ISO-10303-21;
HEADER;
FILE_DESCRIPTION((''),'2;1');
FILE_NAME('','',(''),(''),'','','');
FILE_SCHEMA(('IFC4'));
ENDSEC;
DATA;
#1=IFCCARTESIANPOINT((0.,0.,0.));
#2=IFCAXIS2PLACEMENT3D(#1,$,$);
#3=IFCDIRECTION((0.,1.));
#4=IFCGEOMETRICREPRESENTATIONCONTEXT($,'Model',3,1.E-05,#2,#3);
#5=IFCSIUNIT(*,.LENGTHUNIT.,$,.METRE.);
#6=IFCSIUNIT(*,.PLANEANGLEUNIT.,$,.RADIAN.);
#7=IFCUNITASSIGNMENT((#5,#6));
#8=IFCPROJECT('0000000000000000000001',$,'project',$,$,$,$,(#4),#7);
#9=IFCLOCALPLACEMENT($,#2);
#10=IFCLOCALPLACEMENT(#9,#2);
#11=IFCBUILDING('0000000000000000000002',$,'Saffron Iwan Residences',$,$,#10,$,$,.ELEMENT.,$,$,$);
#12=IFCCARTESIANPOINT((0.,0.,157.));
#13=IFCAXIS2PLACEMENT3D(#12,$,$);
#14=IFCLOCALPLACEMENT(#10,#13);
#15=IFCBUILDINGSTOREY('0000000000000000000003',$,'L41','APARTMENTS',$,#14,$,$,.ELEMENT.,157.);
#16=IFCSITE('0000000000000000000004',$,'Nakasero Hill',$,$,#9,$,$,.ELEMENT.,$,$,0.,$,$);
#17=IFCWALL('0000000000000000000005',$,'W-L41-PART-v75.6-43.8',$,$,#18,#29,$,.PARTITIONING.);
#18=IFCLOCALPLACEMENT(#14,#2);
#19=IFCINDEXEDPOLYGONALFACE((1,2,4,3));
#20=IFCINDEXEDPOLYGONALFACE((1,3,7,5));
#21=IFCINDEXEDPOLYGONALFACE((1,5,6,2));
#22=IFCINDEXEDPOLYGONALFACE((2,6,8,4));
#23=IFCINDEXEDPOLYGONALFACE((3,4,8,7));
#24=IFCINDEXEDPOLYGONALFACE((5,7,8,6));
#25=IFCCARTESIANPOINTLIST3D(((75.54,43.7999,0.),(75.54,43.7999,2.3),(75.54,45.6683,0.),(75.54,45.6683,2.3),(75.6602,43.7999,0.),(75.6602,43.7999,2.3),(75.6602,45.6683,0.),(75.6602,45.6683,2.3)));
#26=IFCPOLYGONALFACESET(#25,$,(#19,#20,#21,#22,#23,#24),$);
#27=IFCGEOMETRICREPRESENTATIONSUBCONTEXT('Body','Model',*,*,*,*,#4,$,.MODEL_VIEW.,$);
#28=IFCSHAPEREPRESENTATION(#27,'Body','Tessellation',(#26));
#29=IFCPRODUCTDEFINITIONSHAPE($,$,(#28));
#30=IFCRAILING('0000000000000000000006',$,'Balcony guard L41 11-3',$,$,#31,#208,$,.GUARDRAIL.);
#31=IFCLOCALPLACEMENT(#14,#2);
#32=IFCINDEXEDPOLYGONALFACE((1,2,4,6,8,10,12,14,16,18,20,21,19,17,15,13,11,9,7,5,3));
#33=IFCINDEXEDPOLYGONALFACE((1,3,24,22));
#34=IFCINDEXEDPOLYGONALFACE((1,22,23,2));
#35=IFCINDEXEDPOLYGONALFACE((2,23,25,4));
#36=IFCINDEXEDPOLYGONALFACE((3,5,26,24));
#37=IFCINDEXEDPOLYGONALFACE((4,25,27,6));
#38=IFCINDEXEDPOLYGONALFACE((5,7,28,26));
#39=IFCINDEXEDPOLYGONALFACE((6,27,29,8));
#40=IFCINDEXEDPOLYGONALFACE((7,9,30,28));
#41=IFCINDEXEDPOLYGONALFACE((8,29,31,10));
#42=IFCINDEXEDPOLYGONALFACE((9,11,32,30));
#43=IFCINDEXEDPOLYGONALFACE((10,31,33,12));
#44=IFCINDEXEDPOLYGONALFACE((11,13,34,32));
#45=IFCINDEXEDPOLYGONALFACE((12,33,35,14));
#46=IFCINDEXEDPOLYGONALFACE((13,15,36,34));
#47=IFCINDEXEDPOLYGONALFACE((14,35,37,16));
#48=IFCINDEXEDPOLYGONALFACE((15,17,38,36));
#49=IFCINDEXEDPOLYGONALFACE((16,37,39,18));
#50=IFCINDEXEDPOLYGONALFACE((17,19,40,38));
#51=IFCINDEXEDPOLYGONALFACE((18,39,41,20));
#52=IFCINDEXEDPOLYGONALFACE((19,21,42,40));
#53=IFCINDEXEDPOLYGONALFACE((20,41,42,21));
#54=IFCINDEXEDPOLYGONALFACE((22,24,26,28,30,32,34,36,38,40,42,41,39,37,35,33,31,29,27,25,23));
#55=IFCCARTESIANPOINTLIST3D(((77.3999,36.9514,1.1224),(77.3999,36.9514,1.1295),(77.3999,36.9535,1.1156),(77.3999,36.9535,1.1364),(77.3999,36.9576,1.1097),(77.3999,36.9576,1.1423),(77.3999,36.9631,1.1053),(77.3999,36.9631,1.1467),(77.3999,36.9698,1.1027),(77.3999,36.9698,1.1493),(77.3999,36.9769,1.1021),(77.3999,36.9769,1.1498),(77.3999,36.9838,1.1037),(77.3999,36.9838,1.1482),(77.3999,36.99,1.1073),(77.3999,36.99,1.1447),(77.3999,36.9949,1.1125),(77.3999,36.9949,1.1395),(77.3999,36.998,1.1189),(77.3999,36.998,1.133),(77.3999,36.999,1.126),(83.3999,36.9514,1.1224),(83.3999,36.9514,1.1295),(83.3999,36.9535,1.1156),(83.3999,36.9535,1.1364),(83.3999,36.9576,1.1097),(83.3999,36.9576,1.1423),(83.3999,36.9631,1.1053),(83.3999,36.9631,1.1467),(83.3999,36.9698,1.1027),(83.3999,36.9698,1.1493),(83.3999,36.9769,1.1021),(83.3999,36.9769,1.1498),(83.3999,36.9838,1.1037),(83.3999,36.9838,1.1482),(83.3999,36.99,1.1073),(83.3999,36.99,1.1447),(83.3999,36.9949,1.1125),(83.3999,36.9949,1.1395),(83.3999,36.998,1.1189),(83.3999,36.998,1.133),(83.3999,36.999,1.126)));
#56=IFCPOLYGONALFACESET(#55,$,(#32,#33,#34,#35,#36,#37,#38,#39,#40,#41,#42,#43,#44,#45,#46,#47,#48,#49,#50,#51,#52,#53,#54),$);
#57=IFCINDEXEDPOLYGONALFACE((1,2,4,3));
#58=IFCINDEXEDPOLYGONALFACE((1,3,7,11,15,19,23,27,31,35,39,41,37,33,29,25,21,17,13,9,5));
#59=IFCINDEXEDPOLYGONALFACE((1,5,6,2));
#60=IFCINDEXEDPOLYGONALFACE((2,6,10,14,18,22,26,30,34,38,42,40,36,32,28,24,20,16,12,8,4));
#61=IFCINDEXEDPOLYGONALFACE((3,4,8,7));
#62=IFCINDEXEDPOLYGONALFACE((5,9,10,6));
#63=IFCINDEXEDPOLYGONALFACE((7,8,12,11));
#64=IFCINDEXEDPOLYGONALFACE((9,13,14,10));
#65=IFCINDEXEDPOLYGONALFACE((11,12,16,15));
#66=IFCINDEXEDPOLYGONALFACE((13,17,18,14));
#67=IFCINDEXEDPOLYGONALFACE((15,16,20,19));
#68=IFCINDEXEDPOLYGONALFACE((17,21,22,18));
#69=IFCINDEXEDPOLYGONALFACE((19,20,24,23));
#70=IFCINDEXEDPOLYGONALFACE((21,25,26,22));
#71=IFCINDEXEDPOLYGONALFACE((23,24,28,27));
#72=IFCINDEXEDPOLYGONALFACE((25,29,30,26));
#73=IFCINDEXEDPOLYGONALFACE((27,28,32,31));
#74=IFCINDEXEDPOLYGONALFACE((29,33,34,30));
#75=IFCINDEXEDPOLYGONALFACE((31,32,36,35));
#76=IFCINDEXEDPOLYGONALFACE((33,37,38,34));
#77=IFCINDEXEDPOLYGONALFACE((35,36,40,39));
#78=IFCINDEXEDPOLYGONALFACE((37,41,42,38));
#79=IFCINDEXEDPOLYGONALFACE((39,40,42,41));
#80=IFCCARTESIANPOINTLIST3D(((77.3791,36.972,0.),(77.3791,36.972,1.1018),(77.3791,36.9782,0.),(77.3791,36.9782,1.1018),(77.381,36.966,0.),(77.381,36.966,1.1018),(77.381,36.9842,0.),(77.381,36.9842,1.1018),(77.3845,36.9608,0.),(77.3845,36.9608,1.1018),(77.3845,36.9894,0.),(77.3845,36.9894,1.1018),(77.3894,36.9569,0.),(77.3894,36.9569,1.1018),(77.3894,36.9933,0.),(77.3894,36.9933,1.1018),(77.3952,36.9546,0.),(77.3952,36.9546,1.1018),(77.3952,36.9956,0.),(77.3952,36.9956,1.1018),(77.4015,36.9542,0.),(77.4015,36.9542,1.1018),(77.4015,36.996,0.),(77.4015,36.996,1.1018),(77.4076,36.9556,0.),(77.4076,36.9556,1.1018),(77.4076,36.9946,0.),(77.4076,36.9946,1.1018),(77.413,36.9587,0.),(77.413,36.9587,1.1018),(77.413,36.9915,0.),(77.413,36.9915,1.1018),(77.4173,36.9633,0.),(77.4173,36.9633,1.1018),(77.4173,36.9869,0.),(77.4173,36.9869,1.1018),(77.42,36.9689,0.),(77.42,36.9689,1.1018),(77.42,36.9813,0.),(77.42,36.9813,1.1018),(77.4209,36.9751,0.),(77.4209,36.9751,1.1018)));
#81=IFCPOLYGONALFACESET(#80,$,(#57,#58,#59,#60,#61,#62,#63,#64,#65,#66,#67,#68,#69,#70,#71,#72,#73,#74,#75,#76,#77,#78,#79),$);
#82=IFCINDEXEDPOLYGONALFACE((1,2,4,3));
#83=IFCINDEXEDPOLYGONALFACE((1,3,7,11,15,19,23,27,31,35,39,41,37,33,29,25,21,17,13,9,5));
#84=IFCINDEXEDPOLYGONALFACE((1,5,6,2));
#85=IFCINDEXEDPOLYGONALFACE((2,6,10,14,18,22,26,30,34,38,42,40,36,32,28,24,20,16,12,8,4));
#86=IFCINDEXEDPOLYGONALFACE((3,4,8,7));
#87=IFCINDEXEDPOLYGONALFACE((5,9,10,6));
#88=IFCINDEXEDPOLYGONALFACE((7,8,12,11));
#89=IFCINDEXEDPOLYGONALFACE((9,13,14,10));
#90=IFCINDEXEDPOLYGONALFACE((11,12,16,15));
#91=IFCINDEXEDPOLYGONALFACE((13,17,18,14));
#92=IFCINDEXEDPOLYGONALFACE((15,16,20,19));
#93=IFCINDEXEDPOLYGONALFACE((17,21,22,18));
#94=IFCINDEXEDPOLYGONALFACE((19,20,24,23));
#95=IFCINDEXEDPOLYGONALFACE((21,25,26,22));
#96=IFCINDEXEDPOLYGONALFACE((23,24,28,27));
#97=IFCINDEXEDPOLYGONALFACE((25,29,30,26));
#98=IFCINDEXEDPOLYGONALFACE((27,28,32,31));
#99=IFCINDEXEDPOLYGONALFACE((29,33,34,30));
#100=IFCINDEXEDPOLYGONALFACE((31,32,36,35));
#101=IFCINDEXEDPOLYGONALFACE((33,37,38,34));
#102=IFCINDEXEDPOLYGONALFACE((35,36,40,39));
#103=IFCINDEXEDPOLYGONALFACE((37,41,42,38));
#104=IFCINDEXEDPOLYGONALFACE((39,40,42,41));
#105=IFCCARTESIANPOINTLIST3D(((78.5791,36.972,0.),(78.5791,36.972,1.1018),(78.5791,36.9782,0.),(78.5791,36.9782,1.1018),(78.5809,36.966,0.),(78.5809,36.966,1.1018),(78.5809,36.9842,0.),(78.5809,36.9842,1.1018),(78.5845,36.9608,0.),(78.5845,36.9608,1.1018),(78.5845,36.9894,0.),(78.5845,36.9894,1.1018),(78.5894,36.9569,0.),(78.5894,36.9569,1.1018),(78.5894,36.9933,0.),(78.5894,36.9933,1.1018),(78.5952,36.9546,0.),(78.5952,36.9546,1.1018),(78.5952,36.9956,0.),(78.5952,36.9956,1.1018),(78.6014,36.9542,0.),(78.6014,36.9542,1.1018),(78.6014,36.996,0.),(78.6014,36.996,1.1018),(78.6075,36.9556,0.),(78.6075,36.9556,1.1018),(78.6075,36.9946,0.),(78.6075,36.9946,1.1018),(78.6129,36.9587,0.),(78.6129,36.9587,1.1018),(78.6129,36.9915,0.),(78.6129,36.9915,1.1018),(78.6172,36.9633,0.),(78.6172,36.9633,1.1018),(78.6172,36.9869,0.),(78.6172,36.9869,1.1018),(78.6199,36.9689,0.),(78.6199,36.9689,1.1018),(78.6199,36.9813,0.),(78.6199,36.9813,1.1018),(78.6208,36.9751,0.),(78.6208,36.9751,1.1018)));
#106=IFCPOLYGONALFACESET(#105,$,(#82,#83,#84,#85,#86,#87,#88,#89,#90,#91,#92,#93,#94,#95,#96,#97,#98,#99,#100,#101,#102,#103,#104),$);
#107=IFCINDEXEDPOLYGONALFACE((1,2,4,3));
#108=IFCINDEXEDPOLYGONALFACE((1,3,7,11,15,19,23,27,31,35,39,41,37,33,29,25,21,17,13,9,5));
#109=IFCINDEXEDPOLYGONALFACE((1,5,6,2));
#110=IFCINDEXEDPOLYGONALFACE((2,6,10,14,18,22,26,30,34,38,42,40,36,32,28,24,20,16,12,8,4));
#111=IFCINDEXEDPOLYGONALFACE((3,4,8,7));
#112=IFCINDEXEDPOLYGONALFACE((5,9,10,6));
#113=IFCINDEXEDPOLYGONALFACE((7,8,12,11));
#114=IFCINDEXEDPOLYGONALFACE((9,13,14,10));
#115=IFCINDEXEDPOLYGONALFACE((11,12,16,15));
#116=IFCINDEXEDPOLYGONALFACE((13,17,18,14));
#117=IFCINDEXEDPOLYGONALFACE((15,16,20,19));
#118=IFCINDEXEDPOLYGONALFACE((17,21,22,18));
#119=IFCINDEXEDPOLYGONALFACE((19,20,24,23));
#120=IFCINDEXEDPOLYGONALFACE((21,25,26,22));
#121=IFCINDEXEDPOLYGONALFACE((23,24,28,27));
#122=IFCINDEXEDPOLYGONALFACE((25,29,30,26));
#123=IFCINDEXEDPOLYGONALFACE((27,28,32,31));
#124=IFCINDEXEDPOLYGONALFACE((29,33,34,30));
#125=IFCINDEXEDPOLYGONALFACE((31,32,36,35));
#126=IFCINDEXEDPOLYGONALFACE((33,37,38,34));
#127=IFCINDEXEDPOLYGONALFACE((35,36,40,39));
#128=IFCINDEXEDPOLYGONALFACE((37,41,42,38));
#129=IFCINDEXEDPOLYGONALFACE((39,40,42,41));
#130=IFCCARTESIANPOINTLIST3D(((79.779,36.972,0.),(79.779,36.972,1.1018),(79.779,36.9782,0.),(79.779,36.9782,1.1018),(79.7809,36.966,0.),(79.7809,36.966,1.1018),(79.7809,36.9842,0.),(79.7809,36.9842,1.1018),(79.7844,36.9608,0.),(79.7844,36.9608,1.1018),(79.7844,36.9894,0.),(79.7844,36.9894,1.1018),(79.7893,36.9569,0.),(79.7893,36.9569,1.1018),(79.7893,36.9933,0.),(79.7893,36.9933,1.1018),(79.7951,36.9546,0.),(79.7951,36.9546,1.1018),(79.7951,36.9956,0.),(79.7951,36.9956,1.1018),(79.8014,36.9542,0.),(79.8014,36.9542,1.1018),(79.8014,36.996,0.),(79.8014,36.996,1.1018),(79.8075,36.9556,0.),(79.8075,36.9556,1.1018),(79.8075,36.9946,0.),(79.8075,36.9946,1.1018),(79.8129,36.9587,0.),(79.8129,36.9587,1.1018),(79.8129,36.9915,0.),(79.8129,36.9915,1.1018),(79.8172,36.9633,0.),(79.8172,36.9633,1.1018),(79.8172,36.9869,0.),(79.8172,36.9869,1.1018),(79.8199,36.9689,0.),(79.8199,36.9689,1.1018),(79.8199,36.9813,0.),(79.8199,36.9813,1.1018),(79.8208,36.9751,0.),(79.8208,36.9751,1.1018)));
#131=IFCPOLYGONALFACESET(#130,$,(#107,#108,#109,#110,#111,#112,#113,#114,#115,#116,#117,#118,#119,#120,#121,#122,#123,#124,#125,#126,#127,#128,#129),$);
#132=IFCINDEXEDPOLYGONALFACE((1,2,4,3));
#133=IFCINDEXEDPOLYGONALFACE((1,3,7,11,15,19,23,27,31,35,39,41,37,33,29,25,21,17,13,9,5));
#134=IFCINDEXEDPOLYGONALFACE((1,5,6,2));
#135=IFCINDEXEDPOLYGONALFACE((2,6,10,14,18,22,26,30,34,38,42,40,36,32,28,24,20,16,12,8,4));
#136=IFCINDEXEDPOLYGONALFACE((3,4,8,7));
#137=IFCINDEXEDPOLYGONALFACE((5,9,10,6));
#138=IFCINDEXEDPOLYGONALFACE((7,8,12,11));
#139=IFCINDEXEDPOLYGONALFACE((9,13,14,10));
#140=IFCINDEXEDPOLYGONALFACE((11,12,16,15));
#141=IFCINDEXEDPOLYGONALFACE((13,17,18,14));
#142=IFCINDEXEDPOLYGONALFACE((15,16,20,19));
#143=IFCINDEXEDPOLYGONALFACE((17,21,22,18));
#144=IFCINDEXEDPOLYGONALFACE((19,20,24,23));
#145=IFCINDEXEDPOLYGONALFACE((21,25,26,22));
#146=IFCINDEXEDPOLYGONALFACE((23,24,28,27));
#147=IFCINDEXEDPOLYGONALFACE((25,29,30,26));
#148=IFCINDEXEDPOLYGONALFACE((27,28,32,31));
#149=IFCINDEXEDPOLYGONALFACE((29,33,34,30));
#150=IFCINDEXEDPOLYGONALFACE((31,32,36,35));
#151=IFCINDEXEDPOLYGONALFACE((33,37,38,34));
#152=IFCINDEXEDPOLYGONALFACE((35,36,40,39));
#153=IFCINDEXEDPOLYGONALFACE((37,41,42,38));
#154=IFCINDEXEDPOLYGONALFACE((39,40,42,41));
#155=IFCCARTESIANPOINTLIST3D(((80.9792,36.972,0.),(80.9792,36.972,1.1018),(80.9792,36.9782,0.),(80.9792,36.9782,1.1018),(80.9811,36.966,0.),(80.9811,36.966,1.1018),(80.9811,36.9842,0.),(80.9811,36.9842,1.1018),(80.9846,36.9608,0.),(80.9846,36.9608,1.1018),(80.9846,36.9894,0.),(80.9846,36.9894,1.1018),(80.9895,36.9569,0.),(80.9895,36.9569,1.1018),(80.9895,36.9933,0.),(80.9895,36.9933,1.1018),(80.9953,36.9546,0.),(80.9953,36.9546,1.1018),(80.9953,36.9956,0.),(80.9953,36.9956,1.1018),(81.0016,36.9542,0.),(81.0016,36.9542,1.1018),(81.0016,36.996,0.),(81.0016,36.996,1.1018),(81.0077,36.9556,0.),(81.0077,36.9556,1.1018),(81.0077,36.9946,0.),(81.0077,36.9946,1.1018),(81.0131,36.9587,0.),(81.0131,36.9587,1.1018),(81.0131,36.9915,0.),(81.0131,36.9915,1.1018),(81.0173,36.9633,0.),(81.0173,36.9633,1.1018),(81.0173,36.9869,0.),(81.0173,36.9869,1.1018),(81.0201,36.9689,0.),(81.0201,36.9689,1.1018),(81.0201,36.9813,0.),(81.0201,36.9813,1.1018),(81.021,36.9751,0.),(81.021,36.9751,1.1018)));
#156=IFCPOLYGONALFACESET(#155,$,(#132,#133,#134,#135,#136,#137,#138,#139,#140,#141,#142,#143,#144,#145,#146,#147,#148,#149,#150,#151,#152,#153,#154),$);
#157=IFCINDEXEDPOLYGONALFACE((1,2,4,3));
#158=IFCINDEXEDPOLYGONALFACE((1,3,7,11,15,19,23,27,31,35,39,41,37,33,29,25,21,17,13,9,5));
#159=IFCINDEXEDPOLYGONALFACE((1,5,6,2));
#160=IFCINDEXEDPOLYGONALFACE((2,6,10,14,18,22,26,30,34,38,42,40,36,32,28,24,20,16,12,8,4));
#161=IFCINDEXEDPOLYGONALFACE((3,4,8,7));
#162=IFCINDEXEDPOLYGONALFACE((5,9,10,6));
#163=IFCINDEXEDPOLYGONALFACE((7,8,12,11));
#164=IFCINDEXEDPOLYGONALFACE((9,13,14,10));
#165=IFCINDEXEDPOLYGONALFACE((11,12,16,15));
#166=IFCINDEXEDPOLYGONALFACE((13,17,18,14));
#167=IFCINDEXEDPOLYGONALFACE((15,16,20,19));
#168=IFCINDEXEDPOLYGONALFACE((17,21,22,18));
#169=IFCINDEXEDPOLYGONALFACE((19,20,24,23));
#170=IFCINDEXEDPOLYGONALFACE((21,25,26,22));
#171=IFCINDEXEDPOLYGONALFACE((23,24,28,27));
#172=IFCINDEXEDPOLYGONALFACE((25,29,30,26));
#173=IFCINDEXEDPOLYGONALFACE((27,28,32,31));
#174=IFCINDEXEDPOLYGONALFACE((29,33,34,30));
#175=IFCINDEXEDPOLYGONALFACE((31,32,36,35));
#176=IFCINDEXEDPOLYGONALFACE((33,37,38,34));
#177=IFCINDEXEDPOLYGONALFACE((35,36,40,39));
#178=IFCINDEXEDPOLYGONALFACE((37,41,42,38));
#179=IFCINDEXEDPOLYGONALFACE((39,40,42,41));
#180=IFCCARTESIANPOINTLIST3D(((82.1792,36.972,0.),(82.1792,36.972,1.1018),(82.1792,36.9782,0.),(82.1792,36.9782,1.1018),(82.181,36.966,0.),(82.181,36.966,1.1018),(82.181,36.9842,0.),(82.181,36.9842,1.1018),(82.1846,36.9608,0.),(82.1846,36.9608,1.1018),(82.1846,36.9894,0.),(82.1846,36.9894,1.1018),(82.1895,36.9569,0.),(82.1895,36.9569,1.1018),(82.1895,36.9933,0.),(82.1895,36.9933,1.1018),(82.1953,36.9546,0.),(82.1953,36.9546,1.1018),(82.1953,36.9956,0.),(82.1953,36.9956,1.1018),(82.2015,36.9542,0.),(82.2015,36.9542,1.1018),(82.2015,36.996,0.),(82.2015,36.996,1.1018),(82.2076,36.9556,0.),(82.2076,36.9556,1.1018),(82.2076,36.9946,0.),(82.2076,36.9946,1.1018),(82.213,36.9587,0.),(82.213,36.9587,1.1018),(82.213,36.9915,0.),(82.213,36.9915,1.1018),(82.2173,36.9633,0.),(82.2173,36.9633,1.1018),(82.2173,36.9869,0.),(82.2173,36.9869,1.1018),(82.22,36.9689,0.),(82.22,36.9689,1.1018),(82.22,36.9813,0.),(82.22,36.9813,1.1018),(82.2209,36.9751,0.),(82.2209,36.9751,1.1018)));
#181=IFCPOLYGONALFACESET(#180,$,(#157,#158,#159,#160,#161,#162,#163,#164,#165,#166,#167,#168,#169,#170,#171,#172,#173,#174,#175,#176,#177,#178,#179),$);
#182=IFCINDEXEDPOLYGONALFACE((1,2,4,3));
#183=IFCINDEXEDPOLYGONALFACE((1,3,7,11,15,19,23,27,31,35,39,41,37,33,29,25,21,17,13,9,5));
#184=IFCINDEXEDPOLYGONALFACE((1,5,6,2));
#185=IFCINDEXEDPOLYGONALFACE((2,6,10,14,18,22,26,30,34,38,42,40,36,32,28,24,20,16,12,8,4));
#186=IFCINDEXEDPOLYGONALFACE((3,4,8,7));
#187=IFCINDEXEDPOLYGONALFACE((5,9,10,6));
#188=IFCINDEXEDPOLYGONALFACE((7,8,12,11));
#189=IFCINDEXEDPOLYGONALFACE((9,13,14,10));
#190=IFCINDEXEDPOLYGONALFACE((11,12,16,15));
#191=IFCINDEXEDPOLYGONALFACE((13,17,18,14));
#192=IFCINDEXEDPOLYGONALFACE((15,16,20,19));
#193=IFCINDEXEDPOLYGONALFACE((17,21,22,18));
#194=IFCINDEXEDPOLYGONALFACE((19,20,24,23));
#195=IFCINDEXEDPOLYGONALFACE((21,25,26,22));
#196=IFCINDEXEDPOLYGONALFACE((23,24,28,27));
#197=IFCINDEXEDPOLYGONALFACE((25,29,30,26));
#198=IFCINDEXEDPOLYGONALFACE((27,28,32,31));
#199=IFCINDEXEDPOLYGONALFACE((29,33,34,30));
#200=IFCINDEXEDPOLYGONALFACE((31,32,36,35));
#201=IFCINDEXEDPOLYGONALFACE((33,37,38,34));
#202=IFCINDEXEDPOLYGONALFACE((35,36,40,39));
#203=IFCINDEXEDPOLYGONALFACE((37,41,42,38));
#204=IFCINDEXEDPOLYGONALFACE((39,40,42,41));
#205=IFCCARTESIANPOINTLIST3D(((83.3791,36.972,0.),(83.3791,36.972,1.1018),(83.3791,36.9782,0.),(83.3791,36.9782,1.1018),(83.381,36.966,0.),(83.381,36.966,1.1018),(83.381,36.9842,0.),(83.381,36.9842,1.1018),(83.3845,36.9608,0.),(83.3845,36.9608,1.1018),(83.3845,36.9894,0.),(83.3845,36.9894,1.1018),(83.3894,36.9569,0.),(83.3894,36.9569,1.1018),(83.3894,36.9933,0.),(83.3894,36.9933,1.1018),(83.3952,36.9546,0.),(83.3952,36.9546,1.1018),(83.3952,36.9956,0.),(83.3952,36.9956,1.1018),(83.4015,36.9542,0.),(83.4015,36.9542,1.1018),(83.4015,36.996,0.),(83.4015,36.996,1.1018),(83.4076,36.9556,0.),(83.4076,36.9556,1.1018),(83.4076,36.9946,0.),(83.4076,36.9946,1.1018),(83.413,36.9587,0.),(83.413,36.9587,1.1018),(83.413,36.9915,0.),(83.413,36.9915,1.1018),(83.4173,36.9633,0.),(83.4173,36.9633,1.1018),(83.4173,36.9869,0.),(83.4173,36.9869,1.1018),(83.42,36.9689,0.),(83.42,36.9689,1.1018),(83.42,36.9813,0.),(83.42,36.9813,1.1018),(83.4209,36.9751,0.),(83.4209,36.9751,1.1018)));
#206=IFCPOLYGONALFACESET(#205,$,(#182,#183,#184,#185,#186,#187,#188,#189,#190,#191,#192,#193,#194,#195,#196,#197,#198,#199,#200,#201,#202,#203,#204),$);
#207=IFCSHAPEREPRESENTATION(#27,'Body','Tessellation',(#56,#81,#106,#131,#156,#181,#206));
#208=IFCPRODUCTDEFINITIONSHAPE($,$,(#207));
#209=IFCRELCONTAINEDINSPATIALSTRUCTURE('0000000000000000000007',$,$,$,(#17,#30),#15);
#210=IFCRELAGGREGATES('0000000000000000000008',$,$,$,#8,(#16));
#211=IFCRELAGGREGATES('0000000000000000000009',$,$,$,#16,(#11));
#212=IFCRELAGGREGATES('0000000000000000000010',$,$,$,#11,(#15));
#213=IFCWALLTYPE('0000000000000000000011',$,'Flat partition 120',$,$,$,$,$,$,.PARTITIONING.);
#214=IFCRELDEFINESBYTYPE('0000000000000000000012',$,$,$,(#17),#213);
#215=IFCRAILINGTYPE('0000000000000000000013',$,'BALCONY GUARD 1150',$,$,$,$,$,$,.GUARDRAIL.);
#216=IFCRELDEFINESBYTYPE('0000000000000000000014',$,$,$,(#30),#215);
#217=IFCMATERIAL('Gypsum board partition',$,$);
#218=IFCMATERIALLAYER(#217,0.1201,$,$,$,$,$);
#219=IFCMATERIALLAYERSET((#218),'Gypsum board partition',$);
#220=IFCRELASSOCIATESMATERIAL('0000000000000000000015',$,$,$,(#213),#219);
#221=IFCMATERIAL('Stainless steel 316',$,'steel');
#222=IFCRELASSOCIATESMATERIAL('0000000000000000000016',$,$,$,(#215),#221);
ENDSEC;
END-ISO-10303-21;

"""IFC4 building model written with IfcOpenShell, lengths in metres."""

from ifc_helpers import new_model, si_unit, direction, frame, frame_2d, origin, origin_2d, place, context, subcontext, project, spatial, rectangle, circle, extrude, material, layer, layer_set, type_object, element, save


model = new_model("IFC4")

# Units and contexts
model_context = context("Model", 3, precision=1e-05, world=origin(), true_north=direction((0.0, 1.0)))
body_context = subcontext(model_context, "Body", "Model", "MODEL_VIEW")
ifc_project = project(units=[si_unit("LENGTHUNIT", "METRE"), si_unit("PLANEANGLEUNIT", "RADIAN")], contexts=[model_context])

# Site, building, storey
site_placement = place(None, origin())
site = spatial("IfcSite", under=ifc_project, at=site_placement, Name="Nakasero Hill", CompositionType="ELEMENT", RefElevation=0.0)
building_placement = place(site_placement, origin())
building = spatial("IfcBuilding", under=site, at=building_placement, Name="Saffron Iwan Residences", CompositionType="ELEMENT")
storey_placement = place(building_placement, frame((0.0, 0.0, 157.0)))
storey = spatial("IfcBuildingStorey", under=building, at=storey_placement, Name="L41", Description="APARTMENTS", CompositionType="ELEMENT", Elevation=157.0)

# Shared definitions
ifc_material_1 = material(Name="Gypsum board partition")
ifc_layer_1 = layer(ifc_material_1, 0.1201)
ifc_layer_set_1 = layer_set([ifc_layer_1], Name="Gypsum board partition")
wall_type_1 = type_object("IfcWallType", Name="Flat partition 120", PredefinedType="PARTITIONING", material=ifc_layer_set_1)

# Wall
wall_1_placement = place(storey_placement, frame((75.6001, 43.8, 0.0), z_axis=(0.0, 0.0, 1.0), x_axis=(0.0, 1.0, 0.0)))
element("IfcWall", 1, at=wall_1_placement, inside=storey, type_object=wall_type_1, Name="W-L41-PART-v75.6-43.8", PredefinedType="PARTITIONING", context=body_context, shape_type="SweptSolid", body=[
    extrude(rectangle(XDim=1.8684, YDim=0.1201, at=frame_2d((0.9341, 0.0))), origin(), (0.0, 0.0, 1.0), 2.3),
])

# Railing
ifc_material_2 = material(Name="Stainless steel 316", Category="steel")
railing_type = type_object("IfcRailingType", Name="BALCONY GUARD 1150", PredefinedType="GUARDRAIL", material=ifc_material_2)
railing_placement = place(storey_placement, frame((77.3999, 36.9751, 0.0)))
element("IfcRailing", 2, at=railing_placement, inside=storey, type_object=railing_type, Name="Balcony guard L41 11-3", PredefinedType="GUARDRAIL", context=body_context, shape_type="SweptSolid", body=[
    extrude(circle(Radius=0.0239, at=origin_2d()), frame((0.0, 0.0, 1.126), z_axis=(1.0, 0.0, 0.0), x_axis=(0.0, 1.0, 0.0)), (0.0, 0.0, 1.0), 6.0),
    extrude(circle(Radius=0.021, at=origin_2d()), origin(), (0.0, 0.0, 1.0), 1.1018),
    extrude(circle(Radius=0.021, at=origin_2d()), frame((1.2, 0.0, 0.0)), (0.0, 0.0, 1.0), 1.1018),
    extrude(circle(Radius=0.021, at=origin_2d()), frame((2.3999, 0.0, 0.0)), (0.0, 0.0, 1.0), 1.1018),
    extrude(circle(Radius=0.021, at=origin_2d()), frame((3.6001, 0.0, 0.0)), (0.0, 0.0, 1.0), 1.1018),
    extrude(circle(Radius=0.021, at=origin_2d()), frame((4.8, 0.0, 0.0)), (0.0, 0.0, 1.0), 1.1018),
    extrude(circle(Radius=0.021, at=origin_2d()), frame((6.0, 0.0, 0.0)), (0.0, 0.0, 1.0), 1.1018),
])

save(model, "model.ifc")
